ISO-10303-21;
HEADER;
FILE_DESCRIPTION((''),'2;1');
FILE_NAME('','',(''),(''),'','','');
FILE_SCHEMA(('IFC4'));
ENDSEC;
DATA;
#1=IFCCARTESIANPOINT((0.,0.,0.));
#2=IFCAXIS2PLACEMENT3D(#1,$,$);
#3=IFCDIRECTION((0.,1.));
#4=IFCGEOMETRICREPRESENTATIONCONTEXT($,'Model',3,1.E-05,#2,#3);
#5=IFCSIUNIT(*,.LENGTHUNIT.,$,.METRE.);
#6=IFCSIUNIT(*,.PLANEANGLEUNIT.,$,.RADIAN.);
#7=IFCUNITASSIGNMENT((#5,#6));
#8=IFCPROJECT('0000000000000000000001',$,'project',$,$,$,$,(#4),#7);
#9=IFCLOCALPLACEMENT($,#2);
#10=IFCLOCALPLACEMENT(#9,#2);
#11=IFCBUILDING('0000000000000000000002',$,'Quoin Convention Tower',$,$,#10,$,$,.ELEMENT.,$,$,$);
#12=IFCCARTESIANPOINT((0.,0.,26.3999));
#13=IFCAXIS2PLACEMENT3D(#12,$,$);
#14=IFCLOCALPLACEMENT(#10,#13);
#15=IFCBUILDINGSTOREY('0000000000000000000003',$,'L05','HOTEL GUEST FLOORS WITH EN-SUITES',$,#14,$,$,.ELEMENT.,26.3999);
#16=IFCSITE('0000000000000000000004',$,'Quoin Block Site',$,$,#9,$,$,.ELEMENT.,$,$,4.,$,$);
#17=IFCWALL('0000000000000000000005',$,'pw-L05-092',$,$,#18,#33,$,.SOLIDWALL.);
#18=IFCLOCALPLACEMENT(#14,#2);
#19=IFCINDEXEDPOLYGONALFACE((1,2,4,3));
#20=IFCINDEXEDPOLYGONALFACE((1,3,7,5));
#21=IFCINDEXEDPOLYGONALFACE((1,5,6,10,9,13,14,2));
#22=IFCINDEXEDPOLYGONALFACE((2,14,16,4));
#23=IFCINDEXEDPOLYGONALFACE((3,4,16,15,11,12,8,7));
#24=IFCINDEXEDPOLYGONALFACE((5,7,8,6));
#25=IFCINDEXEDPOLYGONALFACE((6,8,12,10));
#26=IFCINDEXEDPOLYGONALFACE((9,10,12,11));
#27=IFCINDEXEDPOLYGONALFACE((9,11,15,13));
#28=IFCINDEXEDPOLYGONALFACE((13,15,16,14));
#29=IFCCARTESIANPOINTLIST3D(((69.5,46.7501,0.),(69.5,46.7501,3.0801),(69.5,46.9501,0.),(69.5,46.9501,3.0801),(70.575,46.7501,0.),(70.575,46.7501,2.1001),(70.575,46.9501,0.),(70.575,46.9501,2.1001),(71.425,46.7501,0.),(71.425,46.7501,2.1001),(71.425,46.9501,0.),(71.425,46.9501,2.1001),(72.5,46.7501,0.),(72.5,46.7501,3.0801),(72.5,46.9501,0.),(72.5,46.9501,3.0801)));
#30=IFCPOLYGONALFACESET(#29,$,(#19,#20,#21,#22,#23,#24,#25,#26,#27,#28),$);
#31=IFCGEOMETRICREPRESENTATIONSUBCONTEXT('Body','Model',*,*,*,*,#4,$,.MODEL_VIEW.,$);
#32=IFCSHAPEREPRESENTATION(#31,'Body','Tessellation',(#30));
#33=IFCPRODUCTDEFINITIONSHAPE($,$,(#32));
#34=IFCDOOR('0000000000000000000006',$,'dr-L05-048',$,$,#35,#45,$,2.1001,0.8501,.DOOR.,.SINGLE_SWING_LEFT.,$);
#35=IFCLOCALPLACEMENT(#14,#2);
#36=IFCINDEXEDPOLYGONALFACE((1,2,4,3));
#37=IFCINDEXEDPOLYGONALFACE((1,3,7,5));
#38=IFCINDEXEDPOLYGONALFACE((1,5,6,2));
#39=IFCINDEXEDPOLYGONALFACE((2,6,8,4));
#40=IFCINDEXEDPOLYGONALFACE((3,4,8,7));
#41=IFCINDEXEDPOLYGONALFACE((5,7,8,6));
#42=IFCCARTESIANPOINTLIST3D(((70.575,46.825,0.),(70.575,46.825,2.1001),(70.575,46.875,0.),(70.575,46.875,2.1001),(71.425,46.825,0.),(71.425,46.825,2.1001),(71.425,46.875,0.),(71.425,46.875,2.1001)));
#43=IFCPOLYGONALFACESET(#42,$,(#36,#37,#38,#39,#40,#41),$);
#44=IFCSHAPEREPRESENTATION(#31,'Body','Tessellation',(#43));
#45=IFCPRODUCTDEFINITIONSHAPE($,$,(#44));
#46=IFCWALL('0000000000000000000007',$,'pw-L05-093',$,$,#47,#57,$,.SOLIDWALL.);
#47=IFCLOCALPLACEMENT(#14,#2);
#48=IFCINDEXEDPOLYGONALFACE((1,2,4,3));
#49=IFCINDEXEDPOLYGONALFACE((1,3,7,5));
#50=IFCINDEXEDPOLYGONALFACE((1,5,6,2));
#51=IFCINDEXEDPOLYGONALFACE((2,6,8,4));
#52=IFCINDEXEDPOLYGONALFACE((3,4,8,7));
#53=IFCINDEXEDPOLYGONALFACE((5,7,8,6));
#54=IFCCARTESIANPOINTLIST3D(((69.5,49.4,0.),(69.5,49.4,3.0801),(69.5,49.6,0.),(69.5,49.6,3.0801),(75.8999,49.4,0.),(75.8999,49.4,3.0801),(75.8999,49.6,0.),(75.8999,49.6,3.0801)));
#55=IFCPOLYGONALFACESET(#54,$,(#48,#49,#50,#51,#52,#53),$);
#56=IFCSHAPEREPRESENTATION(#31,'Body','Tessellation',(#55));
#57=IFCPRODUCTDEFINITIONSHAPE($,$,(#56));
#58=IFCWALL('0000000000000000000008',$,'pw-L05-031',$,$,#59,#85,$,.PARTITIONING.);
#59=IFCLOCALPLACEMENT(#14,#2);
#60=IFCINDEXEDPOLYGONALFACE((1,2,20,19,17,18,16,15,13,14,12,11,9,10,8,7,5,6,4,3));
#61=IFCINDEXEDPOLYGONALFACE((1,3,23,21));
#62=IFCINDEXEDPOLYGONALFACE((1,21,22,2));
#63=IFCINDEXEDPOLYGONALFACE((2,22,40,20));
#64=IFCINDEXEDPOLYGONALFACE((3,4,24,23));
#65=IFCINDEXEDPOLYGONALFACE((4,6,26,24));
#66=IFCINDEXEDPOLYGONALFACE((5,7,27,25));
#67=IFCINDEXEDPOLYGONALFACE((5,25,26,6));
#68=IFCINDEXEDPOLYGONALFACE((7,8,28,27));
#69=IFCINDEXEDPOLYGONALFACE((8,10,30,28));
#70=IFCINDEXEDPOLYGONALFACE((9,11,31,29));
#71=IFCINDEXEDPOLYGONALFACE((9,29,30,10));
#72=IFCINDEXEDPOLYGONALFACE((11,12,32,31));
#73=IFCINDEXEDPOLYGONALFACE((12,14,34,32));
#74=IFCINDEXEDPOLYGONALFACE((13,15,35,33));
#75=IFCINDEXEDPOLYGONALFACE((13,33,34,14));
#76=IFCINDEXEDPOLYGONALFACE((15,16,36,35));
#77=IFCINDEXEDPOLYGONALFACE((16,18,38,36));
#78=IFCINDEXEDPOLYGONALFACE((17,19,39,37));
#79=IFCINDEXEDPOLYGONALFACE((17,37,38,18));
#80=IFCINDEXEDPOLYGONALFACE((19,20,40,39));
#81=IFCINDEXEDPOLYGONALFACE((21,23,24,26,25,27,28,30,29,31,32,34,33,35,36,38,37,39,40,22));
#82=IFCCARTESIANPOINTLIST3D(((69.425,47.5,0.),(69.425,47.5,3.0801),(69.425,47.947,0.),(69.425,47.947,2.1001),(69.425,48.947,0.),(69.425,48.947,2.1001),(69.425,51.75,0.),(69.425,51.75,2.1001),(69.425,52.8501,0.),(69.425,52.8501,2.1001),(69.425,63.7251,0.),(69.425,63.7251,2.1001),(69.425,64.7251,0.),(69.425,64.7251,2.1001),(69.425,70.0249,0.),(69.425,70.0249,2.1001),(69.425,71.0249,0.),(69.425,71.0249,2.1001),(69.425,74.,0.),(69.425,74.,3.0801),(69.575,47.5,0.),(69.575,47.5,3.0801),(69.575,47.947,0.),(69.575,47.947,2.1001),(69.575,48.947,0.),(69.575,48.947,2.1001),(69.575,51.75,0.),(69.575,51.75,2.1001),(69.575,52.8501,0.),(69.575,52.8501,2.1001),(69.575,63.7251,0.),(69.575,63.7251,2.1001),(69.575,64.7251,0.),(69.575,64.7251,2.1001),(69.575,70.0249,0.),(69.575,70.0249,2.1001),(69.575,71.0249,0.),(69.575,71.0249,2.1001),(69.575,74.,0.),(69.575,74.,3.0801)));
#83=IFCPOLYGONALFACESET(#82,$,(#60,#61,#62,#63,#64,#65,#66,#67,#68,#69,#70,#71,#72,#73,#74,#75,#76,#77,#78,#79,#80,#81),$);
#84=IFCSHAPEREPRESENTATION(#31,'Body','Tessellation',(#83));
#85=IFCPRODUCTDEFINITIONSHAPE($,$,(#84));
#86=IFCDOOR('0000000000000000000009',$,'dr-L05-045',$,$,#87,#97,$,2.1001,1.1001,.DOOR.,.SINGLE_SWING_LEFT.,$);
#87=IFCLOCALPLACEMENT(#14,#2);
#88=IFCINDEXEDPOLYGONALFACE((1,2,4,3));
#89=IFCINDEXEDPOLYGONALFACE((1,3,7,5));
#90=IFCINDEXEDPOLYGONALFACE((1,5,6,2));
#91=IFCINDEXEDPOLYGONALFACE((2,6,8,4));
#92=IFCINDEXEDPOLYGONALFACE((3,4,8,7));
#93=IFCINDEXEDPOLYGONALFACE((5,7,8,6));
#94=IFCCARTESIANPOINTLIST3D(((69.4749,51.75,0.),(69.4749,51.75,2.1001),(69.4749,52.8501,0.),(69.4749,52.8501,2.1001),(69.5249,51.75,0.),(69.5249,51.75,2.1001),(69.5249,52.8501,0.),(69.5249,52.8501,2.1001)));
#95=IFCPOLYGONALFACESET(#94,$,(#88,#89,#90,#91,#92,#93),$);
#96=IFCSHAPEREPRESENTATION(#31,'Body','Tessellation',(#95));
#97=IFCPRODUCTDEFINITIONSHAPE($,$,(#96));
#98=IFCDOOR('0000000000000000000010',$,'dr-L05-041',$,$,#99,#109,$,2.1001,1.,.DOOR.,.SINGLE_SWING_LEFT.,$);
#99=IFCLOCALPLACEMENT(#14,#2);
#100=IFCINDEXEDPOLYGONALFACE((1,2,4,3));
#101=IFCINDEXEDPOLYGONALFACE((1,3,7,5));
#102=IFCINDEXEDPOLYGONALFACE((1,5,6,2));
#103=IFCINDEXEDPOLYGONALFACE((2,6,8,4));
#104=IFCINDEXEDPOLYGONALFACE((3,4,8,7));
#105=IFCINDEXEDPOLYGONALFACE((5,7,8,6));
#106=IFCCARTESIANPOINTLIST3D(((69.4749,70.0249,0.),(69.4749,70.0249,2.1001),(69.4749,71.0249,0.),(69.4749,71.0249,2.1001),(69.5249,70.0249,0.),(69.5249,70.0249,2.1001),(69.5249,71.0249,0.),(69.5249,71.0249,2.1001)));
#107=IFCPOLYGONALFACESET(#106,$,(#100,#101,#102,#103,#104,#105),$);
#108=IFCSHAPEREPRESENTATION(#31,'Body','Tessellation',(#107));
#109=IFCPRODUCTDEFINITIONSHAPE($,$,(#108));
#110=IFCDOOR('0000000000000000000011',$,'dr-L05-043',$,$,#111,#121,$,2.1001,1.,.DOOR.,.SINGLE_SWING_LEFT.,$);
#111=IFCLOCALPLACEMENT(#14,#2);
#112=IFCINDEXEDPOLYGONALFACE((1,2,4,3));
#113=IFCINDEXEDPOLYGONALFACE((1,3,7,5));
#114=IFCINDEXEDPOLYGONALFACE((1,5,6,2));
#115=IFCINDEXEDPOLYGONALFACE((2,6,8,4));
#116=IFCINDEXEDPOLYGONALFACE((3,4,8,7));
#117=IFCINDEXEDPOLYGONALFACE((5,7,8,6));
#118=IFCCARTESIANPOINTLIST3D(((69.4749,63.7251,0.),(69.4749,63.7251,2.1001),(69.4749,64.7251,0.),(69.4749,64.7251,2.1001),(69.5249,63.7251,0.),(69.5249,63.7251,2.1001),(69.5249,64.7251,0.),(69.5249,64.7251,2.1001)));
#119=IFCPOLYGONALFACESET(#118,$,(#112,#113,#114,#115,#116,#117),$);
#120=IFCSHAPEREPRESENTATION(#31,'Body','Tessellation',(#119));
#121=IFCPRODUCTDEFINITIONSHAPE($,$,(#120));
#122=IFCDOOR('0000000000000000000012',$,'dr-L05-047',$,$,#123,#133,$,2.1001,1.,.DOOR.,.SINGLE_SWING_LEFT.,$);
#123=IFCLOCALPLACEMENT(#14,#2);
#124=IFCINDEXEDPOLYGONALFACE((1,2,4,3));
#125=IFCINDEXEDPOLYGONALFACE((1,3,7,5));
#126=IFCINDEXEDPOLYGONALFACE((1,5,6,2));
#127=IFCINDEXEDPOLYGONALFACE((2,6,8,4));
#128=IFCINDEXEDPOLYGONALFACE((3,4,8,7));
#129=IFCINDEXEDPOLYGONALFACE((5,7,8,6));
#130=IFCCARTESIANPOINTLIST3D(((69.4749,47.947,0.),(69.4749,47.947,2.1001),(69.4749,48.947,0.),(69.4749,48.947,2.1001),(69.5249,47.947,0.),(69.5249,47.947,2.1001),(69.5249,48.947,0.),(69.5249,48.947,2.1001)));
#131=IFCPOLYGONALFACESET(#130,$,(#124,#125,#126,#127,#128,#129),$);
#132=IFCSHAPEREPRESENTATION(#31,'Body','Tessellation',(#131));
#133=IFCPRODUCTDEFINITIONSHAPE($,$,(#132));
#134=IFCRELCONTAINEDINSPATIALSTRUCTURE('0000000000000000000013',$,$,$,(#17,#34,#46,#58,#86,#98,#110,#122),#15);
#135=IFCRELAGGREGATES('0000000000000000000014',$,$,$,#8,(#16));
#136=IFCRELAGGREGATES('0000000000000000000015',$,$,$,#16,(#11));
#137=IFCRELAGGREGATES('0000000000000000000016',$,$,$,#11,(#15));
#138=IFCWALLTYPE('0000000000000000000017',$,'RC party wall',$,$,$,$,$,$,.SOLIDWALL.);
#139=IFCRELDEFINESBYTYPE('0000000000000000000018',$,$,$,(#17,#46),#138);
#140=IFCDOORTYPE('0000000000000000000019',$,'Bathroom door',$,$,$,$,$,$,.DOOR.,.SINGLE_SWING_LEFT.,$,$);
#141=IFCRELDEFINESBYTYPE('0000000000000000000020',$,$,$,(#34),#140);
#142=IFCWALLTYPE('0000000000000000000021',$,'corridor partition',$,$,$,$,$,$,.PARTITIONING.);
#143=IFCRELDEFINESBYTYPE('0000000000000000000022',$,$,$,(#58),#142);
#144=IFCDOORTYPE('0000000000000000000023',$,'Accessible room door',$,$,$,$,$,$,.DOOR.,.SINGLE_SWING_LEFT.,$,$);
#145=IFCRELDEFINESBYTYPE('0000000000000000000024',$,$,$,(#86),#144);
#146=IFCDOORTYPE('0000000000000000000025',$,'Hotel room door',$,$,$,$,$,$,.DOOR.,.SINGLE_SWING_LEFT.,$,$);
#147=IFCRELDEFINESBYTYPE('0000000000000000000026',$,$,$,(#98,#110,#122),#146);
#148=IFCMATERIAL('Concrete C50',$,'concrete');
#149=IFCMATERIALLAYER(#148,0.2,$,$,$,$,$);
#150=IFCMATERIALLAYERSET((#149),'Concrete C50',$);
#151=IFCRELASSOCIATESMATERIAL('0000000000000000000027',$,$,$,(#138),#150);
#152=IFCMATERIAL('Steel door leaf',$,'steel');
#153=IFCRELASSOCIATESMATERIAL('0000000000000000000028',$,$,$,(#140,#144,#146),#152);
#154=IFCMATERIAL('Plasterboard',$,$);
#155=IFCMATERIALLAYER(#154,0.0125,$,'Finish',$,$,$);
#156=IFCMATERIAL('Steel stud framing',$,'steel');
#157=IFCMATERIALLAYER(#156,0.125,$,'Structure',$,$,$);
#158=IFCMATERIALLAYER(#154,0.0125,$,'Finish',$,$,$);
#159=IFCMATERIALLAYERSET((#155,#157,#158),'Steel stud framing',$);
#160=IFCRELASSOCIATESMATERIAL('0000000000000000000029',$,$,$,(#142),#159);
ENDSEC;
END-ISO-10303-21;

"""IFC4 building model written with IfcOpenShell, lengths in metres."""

from ifc_helpers import new_model, si_unit, direction, frame, frame_2d, origin, place, context, subcontext, project, spatial, rectangle, extrude, material, layer, layer_set, type_object, element, fill, save


model = new_model("IFC4")

# Units and contexts
model_context = context("Model", 3, precision=1e-05, world=origin(), true_north=direction((0.0, 1.0)))
body_context = subcontext(model_context, "Body", "Model", "MODEL_VIEW")
ifc_project = project(units=[si_unit("LENGTHUNIT", "METRE"), si_unit("PLANEANGLEUNIT", "RADIAN")], contexts=[model_context])

# Site, building, storey
site_placement = place(None, origin())
site = spatial("IfcSite", under=ifc_project, at=site_placement, Name="Quoin Block Site", CompositionType="ELEMENT", RefElevation=4.0)
building_placement = place(site_placement, origin())
building = spatial("IfcBuilding", under=site, at=building_placement, Name="Quoin Convention Tower", CompositionType="ELEMENT")
storey_placement = place(building_placement, frame((0.0, 0.0, 26.3999)))
storey = spatial("IfcBuildingStorey", under=building, at=storey_placement, Name="L05", Description="HOTEL GUEST FLOORS WITH EN-SUITES", CompositionType="ELEMENT", Elevation=26.3999)

# Shared definitions
ifc_material_1 = material(Name="Plasterboard")
ifc_material_2 = material(Name="Steel stud framing", Category="steel")

# Shared definitions
ifc_material_3 = material(Name="Steel door leaf", Category="steel")

# Shared definitions
ifc_material_4 = material(Name="Concrete C50", Category="concrete")
ifc_layer_1 = layer(ifc_material_4, 0.2)
ifc_layer_set_1 = layer_set([ifc_layer_1], Name="Concrete C50")
wall_type_1 = type_object("IfcWallType", Name="RC party wall", PredefinedType="SOLIDWALL", material=ifc_layer_set_1)

# Wall, opening, door
wall_1_placement = place(storey_placement, frame((69.5, 46.8501, 0.0), z_axis=(0.0, 0.0, 1.0), x_axis=(1.0, 0.0, 0.0)))
wall_1 = element("IfcWall", 1, at=wall_1_placement, inside=storey, type_object=wall_type_1, Name="pw-L05-092", PredefinedType="SOLIDWALL", context=body_context, shape_type="SweptSolid", body=[
    extrude(rectangle(XDim=3.0, YDim=0.2, at=frame_2d((1.5, 0.0))), origin(), (0.0, 0.0, 1.0), 3.0801),
])
opening_1_placement = place(wall_1_placement, frame((1.075, 0.0, 0.0)))
opening_1 = element("IfcOpeningElement", 2, at=opening_1_placement, cuts=wall_1, PredefinedType="OPENING", context=body_context, shape_type="SweptSolid", body=[
    extrude(rectangle(XDim=0.8501, YDim=2.1001, at=frame_2d((0.425, 1.05))), frame((0.0, 0.1099, 0.0), z_axis=(0.0, -1.0, 0.0), x_axis=(1.0, 0.0, 0.0)), (0.0, 0.0, 1.0), 0.22),
])
door_type_1 = type_object("IfcDoorType", Name="Bathroom door", OperationType="SINGLE_SWING_LEFT", PredefinedType="DOOR", material=ifc_material_3)
door_1_placement = place(opening_1_placement, origin())
door_1 = element("IfcDoor", 3, at=door_1_placement, inside=storey, type_object=door_type_1, Name="dr-L05-048", OperationType="SINGLE_SWING_LEFT", OverallHeight=2.1001, OverallWidth=0.8501, PredefinedType="DOOR", context=body_context, shape_type="SweptSolid", body=[
    extrude(rectangle(XDim=0.8501, YDim=2.1001, at=frame_2d((0.425, 1.05))), frame((0.0, 0.0249, 0.0), z_axis=(0.0, -1.0, 0.0), x_axis=(1.0, 0.0, 0.0)), (0.0, 0.0, 1.0), 0.05),
])
fill(opening_1, door_1)

# Wall
wall_2_placement = place(storey_placement, frame((69.5, 49.5, 0.0), z_axis=(0.0, 0.0, 1.0), x_axis=(1.0, 0.0, 0.0)))
element("IfcWall", 4, at=wall_2_placement, inside=storey, type_object=wall_type_1, Name="pw-L05-093", PredefinedType="SOLIDWALL", context=body_context, shape_type="SweptSolid", body=[
    extrude(rectangle(XDim=6.3999, YDim=0.2, at=frame_2d((3.2, 0.0))), origin(), (0.0, 0.0, 1.0), 3.0801),
])

# Wall, openings, doors
ifc_layer_2 = layer(ifc_material_1, 0.0125, Name="Finish")
ifc_layer_3 = layer(ifc_material_2, 0.125, Name="Structure")
ifc_layer_4 = layer(ifc_material_1, 0.0125, Name="Finish")
ifc_layer_set_2 = layer_set([ifc_layer_2, ifc_layer_3, ifc_layer_4], Name="Steel stud framing")
wall_type_2 = type_object("IfcWallType", Name="corridor partition", PredefinedType="PARTITIONING", material=ifc_layer_set_2)
wall_3_placement = place(storey_placement, frame((69.5, 47.5, 0.0), z_axis=(0.0, 0.0, 1.0), x_axis=(0.0, 1.0, 0.0)))
wall_3 = element("IfcWall", 5, at=wall_3_placement, inside=storey, type_object=wall_type_2, Name="pw-L05-031", PredefinedType="PARTITIONING", context=body_context, shape_type="SweptSolid", body=[
    extrude(rectangle(XDim=26.5, YDim=0.1499, at=frame_2d((13.25, 0.0))), origin(), (0.0, 0.0, 1.0), 3.0801),
])
opening_2_placement = place(wall_3_placement, frame((22.5249, 0.0, 0.0)))
opening_2 = element("IfcOpeningElement", 6, at=opening_2_placement, cuts=wall_3, PredefinedType="OPENING", context=body_context, shape_type="SweptSolid", body=[
    extrude(rectangle(XDim=1.0, YDim=2.1001, at=frame_2d((0.5, 1.05))), frame((0.0, 0.085, 0.0), z_axis=(0.0, -1.0, 0.0), x_axis=(1.0, 0.0, 0.0)), (0.0, 0.0, 1.0), 0.1699),
])
opening_3_placement = place(wall_3_placement, frame((16.2251, 0.0, 0.0)))
opening_3 = element("IfcOpeningElement", 7, at=opening_3_placement, cuts=wall_3, PredefinedType="OPENING", context=body_context, shape_type="SweptSolid", body=[
    extrude(rectangle(XDim=1.0, YDim=2.1001, at=frame_2d((0.5, 1.05))), frame((0.0, 0.085, 0.0), z_axis=(0.0, -1.0, 0.0), x_axis=(1.0, 0.0, 0.0)), (0.0, 0.0, 1.0), 0.1699),
])
opening_4_placement = place(wall_3_placement, frame((4.25, 0.0, 0.0)))
opening_4 = element("IfcOpeningElement", 8, at=opening_4_placement, cuts=wall_3, PredefinedType="OPENING", context=body_context, shape_type="SweptSolid", body=[
    extrude(rectangle(XDim=1.1001, YDim=2.1001, at=frame_2d((0.55, 1.05))), frame((0.0, 0.085, 0.0), z_axis=(0.0, -1.0, 0.0), x_axis=(1.0, 0.0, 0.0)), (0.0, 0.0, 1.0), 0.1699),
])
opening_5_placement = place(wall_3_placement, frame((0.447, 0.0, 0.0)))
opening_5 = element("IfcOpeningElement", 9, at=opening_5_placement, cuts=wall_3, PredefinedType="OPENING", context=body_context, shape_type="SweptSolid", body=[
    extrude(rectangle(XDim=1.0, YDim=2.1001, at=frame_2d((0.5, 1.05))), frame((0.0, 0.085, 0.0), z_axis=(0.0, -1.0, 0.0), x_axis=(1.0, 0.0, 0.0)), (0.0, 0.0, 1.0), 0.1699),
])
door_type_2 = type_object("IfcDoorType", Name="Accessible room door", OperationType="SINGLE_SWING_LEFT", PredefinedType="DOOR", material=ifc_material_3)
door_2_placement = place(opening_4_placement, frame((1.1001, 0.0, 0.0), z_axis=(0.0, 0.0, 1.0), x_axis=(-1.0, 0.0, 0.0)))
door_2 = element("IfcDoor", 10, at=door_2_placement, inside=storey, type_object=door_type_2, Name="dr-L05-045", OperationType="SINGLE_SWING_LEFT", OverallHeight=2.1001, OverallWidth=1.1001, PredefinedType="DOOR", context=body_context, shape_type="SweptSolid", body=[
    extrude(rectangle(XDim=1.1001, YDim=2.1001, at=frame_2d((0.55, 1.05))), frame((0.0, 0.0249, 0.0), z_axis=(0.0, -1.0, 0.0), x_axis=(1.0, 0.0, 0.0)), (0.0, 0.0, 1.0), 0.05),
])
fill(opening_4, door_2)
door_type_3 = type_object("IfcDoorType", Name="Hotel room door", OperationType="SINGLE_SWING_LEFT", PredefinedType="DOOR", material=ifc_material_3)
door_3_placement = place(opening_2_placement, frame((1.0, 0.0, 0.0), z_axis=(0.0, 0.0, 1.0), x_axis=(-1.0, 0.0, 0.0)))
door_3 = element("IfcDoor", 11, at=door_3_placement, inside=storey, type_object=door_type_3, Name="dr-L05-041", OperationType="SINGLE_SWING_LEFT", OverallHeight=2.1001, OverallWidth=1.0, PredefinedType="DOOR", context=body_context, shape_type="SweptSolid", body=[
    extrude(rectangle(XDim=1.0, YDim=2.1001, at=frame_2d((0.5, 1.05))), frame((0.0, 0.0249, 0.0), z_axis=(0.0, -1.0, 0.0), x_axis=(1.0, 0.0, 0.0)), (0.0, 0.0, 1.0), 0.05),
])
fill(opening_2, door_3)
door_4_placement = place(opening_3_placement, frame((1.0, 0.0, 0.0), z_axis=(0.0, 0.0, 1.0), x_axis=(-1.0, 0.0, 0.0)))
door_4 = element("IfcDoor", 12, at=door_4_placement, inside=storey, type_object=door_type_3, Name="dr-L05-043", OperationType="SINGLE_SWING_LEFT", OverallHeight=2.1001, OverallWidth=1.0, PredefinedType="DOOR", context=body_context, shape_type="SweptSolid", body=[
    extrude(rectangle(XDim=1.0, YDim=2.1001, at=frame_2d((0.5, 1.05))), frame((0.0, 0.0249, 0.0), z_axis=(0.0, -1.0, 0.0), x_axis=(1.0, 0.0, 0.0)), (0.0, 0.0, 1.0), 0.05),
])
fill(opening_3, door_4)
door_5_placement = place(opening_5_placement, frame((1.0, 0.0, 0.0), z_axis=(0.0, 0.0, 1.0), x_axis=(-1.0, 0.0, 0.0)))
door_5 = element("IfcDoor", 13, at=door_5_placement, inside=storey, type_object=door_type_3, Name="dr-L05-047", OperationType="SINGLE_SWING_LEFT", OverallHeight=2.1001, OverallWidth=1.0, PredefinedType="DOOR", context=body_context, shape_type="SweptSolid", body=[
    extrude(rectangle(XDim=1.0, YDim=2.1001, at=frame_2d((0.5, 1.05))), frame((0.0, 0.0249, 0.0), z_axis=(0.0, -1.0, 0.0), x_axis=(1.0, 0.0, 0.0)), (0.0, 0.0, 1.0), 0.05),
])
fill(opening_5, door_5)

save(model, "model.ifc")
